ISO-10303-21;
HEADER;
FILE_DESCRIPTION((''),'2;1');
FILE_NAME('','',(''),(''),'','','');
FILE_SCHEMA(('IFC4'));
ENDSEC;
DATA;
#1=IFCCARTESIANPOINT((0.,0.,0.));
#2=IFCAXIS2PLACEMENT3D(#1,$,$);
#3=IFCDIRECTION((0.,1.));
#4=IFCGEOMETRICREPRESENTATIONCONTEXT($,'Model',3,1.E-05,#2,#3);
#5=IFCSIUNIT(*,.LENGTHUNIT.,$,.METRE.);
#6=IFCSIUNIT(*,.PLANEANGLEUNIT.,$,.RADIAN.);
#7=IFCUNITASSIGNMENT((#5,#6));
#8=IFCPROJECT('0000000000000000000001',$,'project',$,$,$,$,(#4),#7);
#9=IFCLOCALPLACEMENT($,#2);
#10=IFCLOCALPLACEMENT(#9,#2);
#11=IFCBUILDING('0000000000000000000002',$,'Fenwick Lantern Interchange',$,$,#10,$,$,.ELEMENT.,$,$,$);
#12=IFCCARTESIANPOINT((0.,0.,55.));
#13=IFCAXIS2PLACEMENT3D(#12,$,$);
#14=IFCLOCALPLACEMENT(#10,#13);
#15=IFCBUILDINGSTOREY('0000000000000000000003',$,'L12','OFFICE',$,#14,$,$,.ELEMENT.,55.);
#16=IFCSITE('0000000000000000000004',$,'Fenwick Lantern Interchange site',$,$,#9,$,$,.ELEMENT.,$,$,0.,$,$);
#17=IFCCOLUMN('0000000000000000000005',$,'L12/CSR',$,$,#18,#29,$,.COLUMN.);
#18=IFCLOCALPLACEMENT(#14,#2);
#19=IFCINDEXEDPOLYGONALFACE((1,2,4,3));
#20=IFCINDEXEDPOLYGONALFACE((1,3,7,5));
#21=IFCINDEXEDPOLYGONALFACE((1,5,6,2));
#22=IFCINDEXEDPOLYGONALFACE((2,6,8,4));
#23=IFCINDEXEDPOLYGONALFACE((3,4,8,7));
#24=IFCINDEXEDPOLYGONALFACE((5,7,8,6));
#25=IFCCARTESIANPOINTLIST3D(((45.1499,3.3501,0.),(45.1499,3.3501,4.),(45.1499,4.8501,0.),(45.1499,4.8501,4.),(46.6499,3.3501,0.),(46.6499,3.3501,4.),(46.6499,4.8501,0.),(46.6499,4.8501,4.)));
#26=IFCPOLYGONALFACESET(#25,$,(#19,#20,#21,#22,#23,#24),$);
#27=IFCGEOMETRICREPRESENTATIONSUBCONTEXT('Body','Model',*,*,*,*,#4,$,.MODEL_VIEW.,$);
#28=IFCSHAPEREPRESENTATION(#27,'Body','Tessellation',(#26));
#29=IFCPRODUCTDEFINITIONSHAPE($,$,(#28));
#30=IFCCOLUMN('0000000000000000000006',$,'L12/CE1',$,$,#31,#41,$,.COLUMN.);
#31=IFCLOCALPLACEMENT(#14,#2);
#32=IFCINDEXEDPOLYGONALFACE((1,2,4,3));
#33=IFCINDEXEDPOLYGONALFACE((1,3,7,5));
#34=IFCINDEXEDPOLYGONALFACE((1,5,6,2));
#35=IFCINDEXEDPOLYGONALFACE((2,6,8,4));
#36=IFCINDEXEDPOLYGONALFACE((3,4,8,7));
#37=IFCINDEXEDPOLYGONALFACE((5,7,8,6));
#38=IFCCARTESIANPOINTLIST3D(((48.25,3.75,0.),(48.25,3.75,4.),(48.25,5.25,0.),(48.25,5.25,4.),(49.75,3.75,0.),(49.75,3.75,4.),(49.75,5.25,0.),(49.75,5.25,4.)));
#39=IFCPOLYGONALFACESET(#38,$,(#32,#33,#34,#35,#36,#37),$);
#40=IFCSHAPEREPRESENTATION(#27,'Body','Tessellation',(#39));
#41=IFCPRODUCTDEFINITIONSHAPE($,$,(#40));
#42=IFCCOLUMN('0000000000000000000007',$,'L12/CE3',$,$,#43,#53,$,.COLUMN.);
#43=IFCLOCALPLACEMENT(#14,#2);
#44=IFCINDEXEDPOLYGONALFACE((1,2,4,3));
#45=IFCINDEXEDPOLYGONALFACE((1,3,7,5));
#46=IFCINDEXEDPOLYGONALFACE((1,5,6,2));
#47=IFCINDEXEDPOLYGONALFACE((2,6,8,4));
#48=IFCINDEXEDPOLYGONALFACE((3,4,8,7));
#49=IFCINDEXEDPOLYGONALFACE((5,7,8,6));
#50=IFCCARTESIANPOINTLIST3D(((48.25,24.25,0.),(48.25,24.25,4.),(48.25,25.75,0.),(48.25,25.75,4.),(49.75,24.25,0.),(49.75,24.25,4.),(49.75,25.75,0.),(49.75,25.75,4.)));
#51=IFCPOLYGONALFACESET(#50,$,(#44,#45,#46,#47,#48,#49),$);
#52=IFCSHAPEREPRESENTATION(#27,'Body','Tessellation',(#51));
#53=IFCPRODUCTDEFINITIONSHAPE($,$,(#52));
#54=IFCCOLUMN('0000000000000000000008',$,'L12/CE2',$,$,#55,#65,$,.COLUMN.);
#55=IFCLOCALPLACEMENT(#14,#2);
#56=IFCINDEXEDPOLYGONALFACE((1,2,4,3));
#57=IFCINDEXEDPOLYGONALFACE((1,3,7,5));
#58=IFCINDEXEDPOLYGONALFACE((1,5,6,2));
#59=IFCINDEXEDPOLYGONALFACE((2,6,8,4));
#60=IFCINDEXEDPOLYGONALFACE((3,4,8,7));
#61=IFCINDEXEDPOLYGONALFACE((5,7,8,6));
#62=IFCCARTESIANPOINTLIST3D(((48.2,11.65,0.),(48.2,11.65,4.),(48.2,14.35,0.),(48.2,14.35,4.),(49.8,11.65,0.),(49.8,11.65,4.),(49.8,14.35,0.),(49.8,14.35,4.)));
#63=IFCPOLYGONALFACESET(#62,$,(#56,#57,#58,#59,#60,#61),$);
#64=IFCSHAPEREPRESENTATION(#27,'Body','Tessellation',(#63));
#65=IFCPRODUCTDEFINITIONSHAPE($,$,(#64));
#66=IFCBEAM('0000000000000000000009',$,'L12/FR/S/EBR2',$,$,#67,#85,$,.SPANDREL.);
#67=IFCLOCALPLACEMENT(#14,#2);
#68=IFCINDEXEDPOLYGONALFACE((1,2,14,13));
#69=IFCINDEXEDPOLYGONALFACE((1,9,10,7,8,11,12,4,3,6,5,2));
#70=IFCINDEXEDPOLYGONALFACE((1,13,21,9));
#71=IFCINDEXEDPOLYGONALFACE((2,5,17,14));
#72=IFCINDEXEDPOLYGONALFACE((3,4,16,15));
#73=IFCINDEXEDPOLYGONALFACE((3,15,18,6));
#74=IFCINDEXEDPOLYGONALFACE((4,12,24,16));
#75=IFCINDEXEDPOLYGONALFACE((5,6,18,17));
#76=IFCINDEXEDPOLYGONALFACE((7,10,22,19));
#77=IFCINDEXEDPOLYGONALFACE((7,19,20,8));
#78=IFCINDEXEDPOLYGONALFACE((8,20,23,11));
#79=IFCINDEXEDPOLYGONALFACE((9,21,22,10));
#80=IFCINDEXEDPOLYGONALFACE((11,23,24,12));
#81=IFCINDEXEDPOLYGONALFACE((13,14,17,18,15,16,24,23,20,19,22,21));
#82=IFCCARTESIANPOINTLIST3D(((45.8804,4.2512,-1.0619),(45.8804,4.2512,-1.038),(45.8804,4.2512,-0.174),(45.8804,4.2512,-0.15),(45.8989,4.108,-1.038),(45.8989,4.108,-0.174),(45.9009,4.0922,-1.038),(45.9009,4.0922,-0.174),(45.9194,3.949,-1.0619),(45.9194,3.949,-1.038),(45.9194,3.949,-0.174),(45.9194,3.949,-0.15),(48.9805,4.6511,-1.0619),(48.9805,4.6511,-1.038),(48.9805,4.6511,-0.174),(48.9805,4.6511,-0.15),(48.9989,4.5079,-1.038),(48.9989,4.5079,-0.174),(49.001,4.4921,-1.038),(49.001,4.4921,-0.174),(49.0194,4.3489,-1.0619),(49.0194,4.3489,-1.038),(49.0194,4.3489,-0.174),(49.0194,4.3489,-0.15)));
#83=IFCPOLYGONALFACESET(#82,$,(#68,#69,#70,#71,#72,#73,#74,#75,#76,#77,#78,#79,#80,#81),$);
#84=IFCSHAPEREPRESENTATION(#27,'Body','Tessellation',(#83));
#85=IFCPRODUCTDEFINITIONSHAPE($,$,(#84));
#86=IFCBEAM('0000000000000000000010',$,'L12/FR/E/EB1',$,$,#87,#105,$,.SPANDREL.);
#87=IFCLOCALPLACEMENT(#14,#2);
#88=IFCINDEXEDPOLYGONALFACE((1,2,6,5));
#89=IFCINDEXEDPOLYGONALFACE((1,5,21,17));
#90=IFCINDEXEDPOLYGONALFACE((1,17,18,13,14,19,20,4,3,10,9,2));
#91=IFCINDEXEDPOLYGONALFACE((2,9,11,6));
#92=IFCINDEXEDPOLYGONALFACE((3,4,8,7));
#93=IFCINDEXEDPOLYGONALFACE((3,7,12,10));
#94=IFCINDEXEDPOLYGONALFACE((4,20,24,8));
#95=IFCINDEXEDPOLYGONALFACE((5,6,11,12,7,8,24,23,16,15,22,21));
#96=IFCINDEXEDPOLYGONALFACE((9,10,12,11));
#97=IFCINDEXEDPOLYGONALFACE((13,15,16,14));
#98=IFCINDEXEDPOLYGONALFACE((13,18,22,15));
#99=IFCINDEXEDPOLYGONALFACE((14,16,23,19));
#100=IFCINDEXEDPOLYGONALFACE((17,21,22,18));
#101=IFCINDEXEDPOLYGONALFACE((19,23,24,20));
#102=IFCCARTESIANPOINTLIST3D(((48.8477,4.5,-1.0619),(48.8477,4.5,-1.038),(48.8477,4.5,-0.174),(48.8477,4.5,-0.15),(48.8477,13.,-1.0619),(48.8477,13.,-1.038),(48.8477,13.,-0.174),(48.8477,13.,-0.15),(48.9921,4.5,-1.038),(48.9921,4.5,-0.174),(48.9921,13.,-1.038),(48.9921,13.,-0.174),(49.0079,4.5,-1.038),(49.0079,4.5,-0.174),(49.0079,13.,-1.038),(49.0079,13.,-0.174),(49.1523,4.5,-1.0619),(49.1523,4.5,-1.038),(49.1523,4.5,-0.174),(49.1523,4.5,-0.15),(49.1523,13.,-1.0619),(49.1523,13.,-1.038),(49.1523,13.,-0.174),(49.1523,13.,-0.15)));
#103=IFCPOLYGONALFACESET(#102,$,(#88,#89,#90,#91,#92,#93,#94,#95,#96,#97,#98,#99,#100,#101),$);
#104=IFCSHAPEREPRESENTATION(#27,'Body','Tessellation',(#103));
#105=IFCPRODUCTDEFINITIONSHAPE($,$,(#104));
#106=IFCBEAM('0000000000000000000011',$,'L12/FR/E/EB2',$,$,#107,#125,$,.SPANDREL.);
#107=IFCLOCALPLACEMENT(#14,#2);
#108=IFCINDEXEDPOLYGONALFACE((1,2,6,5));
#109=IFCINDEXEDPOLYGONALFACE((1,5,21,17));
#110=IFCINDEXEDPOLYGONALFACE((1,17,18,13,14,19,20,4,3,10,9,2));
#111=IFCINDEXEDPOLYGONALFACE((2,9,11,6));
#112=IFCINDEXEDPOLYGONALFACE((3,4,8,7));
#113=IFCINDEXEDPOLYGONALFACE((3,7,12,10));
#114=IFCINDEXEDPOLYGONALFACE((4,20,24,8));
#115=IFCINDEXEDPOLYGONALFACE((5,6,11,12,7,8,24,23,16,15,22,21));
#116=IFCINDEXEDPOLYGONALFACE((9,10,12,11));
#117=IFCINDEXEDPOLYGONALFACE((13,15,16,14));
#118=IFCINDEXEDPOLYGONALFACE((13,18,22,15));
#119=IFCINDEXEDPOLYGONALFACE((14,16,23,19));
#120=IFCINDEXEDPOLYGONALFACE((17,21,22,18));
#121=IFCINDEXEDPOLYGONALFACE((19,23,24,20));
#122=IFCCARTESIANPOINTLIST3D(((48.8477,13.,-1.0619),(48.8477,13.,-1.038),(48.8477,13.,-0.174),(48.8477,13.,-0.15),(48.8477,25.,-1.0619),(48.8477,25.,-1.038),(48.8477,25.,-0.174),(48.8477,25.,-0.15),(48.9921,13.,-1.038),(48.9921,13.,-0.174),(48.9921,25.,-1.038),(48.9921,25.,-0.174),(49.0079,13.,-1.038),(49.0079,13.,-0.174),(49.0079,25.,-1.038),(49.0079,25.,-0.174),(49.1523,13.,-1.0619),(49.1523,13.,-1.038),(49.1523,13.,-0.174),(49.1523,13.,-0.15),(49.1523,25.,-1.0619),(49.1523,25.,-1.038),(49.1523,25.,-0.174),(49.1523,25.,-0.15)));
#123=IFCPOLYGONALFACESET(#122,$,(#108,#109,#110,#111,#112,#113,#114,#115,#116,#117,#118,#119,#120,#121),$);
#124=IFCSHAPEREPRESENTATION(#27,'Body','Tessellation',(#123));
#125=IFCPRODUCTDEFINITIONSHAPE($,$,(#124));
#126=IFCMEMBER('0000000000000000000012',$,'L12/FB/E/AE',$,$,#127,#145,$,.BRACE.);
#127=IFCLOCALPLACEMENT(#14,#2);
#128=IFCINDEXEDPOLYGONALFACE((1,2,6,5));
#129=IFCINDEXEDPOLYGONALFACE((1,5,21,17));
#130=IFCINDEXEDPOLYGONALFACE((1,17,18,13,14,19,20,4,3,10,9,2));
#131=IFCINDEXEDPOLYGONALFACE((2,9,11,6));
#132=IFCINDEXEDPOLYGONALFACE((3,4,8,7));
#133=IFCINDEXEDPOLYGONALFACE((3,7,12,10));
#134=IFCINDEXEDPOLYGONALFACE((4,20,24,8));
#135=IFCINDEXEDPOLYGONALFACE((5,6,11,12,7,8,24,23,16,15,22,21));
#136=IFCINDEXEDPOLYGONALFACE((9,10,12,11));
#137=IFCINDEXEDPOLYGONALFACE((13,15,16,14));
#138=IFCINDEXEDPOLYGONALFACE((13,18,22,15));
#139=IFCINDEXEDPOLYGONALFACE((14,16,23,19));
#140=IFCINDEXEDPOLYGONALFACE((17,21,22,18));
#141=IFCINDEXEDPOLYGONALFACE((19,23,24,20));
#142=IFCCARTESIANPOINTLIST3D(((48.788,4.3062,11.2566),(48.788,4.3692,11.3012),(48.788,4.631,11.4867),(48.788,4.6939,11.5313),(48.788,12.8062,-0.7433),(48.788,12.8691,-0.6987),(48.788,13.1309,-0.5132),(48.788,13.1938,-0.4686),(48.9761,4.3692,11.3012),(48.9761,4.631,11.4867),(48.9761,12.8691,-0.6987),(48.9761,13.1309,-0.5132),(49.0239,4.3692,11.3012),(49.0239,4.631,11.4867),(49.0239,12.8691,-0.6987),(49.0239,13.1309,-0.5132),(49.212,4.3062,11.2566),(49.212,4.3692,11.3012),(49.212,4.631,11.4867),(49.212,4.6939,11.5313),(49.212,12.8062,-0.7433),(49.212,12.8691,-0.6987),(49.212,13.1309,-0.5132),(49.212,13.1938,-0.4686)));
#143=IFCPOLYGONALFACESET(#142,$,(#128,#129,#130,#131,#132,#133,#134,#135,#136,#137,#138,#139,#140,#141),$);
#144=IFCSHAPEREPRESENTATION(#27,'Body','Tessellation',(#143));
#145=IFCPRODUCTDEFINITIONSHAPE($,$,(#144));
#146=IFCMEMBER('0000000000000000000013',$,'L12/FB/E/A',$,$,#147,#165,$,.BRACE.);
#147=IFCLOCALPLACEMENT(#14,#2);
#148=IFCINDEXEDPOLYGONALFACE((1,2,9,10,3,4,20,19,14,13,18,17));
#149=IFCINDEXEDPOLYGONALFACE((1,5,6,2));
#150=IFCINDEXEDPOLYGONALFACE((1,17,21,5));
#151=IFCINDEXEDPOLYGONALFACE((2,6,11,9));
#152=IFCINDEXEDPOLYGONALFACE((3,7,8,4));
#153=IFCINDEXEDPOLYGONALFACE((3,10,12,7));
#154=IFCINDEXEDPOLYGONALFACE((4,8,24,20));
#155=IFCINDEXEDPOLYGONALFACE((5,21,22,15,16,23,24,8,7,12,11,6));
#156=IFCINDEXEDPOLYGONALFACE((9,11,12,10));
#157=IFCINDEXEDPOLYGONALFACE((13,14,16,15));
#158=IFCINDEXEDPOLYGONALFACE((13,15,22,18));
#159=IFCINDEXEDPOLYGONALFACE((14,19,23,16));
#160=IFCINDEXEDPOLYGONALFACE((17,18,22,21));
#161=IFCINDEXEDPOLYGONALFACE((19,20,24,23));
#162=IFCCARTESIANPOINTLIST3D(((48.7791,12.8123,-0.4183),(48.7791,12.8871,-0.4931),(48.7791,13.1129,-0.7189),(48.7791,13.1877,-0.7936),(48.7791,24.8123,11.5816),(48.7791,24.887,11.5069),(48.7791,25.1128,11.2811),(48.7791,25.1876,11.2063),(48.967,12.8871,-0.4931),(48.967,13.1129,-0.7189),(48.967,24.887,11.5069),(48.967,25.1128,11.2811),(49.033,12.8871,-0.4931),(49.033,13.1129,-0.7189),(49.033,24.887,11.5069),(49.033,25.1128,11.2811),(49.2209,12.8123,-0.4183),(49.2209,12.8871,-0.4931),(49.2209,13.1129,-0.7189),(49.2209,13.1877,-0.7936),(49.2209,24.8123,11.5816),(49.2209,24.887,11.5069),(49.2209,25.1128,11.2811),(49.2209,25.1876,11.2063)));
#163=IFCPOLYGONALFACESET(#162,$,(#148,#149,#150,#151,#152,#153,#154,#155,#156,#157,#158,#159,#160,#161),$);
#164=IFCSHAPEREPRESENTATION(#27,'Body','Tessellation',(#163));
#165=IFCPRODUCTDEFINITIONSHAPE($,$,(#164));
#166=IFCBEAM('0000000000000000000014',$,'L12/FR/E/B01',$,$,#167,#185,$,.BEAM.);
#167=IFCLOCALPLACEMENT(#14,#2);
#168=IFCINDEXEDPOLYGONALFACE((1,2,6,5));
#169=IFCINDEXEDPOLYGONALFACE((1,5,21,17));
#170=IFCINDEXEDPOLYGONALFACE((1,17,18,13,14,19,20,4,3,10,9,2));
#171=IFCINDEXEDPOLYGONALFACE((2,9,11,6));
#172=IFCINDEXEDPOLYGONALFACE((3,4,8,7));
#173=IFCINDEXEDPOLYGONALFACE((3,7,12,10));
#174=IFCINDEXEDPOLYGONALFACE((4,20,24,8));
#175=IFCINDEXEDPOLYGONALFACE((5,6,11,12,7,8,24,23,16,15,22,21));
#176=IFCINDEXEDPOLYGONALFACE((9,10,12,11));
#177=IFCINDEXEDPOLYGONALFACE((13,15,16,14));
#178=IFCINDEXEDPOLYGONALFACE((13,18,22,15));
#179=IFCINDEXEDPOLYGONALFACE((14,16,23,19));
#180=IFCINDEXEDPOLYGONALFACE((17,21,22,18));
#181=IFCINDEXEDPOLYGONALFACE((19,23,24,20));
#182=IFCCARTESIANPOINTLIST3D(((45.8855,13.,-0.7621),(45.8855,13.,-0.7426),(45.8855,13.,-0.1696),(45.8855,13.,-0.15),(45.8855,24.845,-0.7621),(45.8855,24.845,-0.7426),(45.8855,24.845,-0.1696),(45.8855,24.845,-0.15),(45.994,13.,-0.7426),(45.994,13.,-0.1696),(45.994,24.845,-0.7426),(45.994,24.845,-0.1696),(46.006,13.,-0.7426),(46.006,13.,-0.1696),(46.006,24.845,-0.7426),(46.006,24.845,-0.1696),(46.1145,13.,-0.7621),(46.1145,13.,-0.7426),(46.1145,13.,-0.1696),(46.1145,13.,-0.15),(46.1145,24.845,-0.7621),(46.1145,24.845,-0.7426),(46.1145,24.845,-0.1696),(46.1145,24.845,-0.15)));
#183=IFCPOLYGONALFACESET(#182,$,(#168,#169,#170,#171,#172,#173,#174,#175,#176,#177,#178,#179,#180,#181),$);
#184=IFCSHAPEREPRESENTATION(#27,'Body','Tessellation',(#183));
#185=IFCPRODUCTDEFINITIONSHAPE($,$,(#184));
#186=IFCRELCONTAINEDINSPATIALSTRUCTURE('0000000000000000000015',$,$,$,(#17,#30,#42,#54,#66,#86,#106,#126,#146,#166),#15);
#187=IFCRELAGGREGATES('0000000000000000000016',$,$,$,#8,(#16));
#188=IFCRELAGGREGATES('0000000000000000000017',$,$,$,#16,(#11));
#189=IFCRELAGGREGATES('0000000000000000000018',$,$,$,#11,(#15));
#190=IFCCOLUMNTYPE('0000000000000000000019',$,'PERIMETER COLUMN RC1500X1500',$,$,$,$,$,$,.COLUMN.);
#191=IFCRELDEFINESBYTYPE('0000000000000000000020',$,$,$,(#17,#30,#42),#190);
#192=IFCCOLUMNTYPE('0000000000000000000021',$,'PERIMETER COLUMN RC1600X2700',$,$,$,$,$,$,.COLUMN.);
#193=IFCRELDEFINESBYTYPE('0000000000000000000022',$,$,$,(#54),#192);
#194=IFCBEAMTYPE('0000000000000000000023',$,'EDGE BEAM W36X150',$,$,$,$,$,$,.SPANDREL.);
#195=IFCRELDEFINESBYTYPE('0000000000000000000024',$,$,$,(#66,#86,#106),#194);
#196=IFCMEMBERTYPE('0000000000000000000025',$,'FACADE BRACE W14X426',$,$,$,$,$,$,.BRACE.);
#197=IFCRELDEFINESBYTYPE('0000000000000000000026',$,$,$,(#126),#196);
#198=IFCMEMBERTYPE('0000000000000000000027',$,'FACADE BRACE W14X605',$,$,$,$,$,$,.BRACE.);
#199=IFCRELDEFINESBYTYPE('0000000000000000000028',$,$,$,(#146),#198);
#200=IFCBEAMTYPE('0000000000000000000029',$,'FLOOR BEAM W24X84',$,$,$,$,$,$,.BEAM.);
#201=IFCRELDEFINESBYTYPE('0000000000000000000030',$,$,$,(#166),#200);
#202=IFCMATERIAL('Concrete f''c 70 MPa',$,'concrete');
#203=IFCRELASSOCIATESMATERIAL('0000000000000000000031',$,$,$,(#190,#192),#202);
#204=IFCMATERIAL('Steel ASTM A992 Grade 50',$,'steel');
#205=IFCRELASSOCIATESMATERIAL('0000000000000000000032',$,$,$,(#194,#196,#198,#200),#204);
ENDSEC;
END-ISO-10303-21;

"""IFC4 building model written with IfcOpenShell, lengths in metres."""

from ifc_helpers import new_model, si_unit, direction, frame, origin, origin_2d, place, context, subcontext, project, spatial, rectangle, i_section, extrude, material, material_profile, profile_set, type_object, element, save


model = new_model("IFC4")

# Units and contexts
model_context = context("Model", 3, precision=1e-05, world=origin(), true_north=direction((0.0, 1.0)))
body_context = subcontext(model_context, "Body", "Model", "MODEL_VIEW")
ifc_project = project(units=[si_unit("LENGTHUNIT", "METRE"), si_unit("PLANEANGLEUNIT", "RADIAN")], contexts=[model_context])

# Site, building, storey
site_placement = place(None, origin())
site = spatial("IfcSite", under=ifc_project, at=site_placement, Name="Fenwick Lantern Interchange site", CompositionType="ELEMENT", RefElevation=0.0)
building_placement = place(site_placement, origin())
building = spatial("IfcBuilding", under=site, at=building_placement, Name="Fenwick Lantern Interchange", CompositionType="ELEMENT")
storey_placement = place(building_placement, frame((0.0, 0.0, 55.0)))
storey = spatial("IfcBuildingStorey", under=building, at=storey_placement, Name="L12", Description="OFFICE", CompositionType="ELEMENT", Elevation=55.0)

# Columns
ifc_material_1 = material(Name="Concrete f'c 70 MPa", Category="concrete")
ifc_material_profile_1 = material_profile(ifc_material_1, rectangle(XDim=1.5, YDim=1.5, at=origin_2d()), Name="RC1500X1500")
ifc_profile_set_1 = profile_set([ifc_material_profile_1], Name="Concrete f'c 70 MPa")
column_type_1 = type_object("IfcColumnType", Name="PERIMETER COLUMN RC1500X1500", PredefinedType="COLUMN", material=ifc_profile_set_1)
for number, where, z_axis, x_axis, name in (
    (1, (45.8999, 4.1001, 0.0), (0.0, 0.0, 1.0), (1.0, 0.0, 0.0), "L12/CSR"),
    (2, (49.0, 4.5, 0.0), (0.0, 0.0, 1.0), (1.0, 0.0, 0.0), "L12/CE1"),
    (3, (49.0, 25.0, 0.0), (0.0, 0.0, 1.0), (1.0, 0.0, 0.0), "L12/CE3"),
):
    element("IfcColumn", number, at=place(storey_placement, frame(where, z_axis=z_axis, x_axis=x_axis)), inside=storey, type_object=column_type_1, Name=name, PredefinedType="COLUMN", context=body_context, shape_type="SweptSolid", body=[
        extrude(rectangle(XDim=1.5, YDim=1.5, at=origin_2d()), origin(), (0.0, 0.0, 1.0), 4.0),
    ])
ifc_material_profile_2 = material_profile(ifc_material_1, rectangle(XDim=1.6001, YDim=2.7, at=origin_2d()), Name="RC1600X2700")
ifc_profile_set_2 = profile_set([ifc_material_profile_2], Name="Concrete f'c 70 MPa")
column_type_2 = type_object("IfcColumnType", Name="PERIMETER COLUMN RC1600X2700", PredefinedType="COLUMN", material=ifc_profile_set_2)
column_placement = place(storey_placement, frame((49.0, 13.0, 0.0), z_axis=(0.0, 0.0, 1.0), x_axis=(1.0, 0.0, 0.0)))
element("IfcColumn", 4, at=column_placement, inside=storey, type_object=column_type_2, Name="L12/CE2", PredefinedType="COLUMN", context=body_context, shape_type="SweptSolid", body=[
    extrude(rectangle(XDim=1.6001, YDim=2.7, at=origin_2d()), origin(), (0.0, 0.0, 1.0), 4.0),
])

# Beams
ifc_material_2 = material(Name="Steel ASTM A992 Grade 50", Category="steel")
ifc_material_profile_3 = material_profile(ifc_material_2, i_section(OverallWidth=0.3047, OverallDepth=0.9119, WebThickness=0.0159, FlangeThickness=0.0239, at=origin_2d()), Name="W36X150")
ifc_profile_set_3 = profile_set([ifc_material_profile_3], Name="Steel ASTM A992 Grade 50")
beam_type_1 = type_object("IfcBeamType", Name="EDGE BEAM W36X150", PredefinedType="SPANDREL", material=ifc_profile_set_3)
beam_1_placement = place(storey_placement, frame((45.8999, 4.1001, -0.606), z_axis=(0.991782, 0.127937, 0.0), x_axis=(-0.127937, 0.991782, 0.0)))
element("IfcBeam", 5, at=beam_1_placement, inside=storey, type_object=beam_type_1, Name="L12/FR/S/EBR2", PredefinedType="SPANDREL", context=body_context, shape_type="SweptSolid", body=[
    extrude(i_section(OverallWidth=0.3047, OverallDepth=0.9119, WebThickness=0.0159, FlangeThickness=0.0239, at=origin_2d()), origin(), (0.0, 0.0, 1.0), 3.1257),
])
beam_2_placement = place(storey_placement, frame((49.0, 4.5, -0.606), z_axis=(0.0, 1.0, 0.0), x_axis=(-1.0, 0.0, 0.0)))
element("IfcBeam", 6, at=beam_2_placement, inside=storey, type_object=beam_type_1, Name="L12/FR/E/EB1", PredefinedType="SPANDREL", context=body_context, shape_type="SweptSolid", body=[
    extrude(i_section(OverallWidth=0.3047, OverallDepth=0.9119, WebThickness=0.0159, FlangeThickness=0.0239, at=origin_2d()), origin(), (0.0, 0.0, 1.0), 8.5),
])
beam_3_placement = place(storey_placement, frame((49.0, 13.0, -0.606), z_axis=(0.0, 1.0, 0.0), x_axis=(-1.0, 0.0, 0.0)))
element("IfcBeam", 7, at=beam_3_placement, inside=storey, type_object=beam_type_1, Name="L12/FR/E/EB2", PredefinedType="SPANDREL", context=body_context, shape_type="SweptSolid", body=[
    extrude(i_section(OverallWidth=0.3047, OverallDepth=0.9119, WebThickness=0.0159, FlangeThickness=0.0239, at=origin_2d()), origin(), (0.0, 0.0, 1.0), 12.0),
])

# Members
ifc_material_profile_4 = material_profile(ifc_material_2, i_section(OverallWidth=0.4241, OverallDepth=0.4751, WebThickness=0.0479, FlangeThickness=0.0771, at=origin_2d()), Name="W14X426")
ifc_profile_set_4 = profile_set([ifc_material_profile_4], Name="Steel ASTM A992 Grade 50")
member_type_1 = type_object("IfcMemberType", Name="FACADE BRACE W14X426", PredefinedType="BRACE", material=ifc_profile_set_4)
member_1_placement = place(storey_placement, frame((49.0, 13.0, -0.606), z_axis=(0.0, -0.578017, 0.816024), x_axis=(1.0, 0.0, 0.0)))
element("IfcMember", 8, at=member_1_placement, inside=storey, type_object=member_type_1, Name="L12/FB/E/AE", PredefinedType="BRACE", context=body_context, shape_type="SweptSolid", body=[
    extrude(i_section(OverallWidth=0.4241, OverallDepth=0.4751, WebThickness=0.0479, FlangeThickness=0.0771, at=origin_2d()), origin(), (0.0, 0.0, 1.0), 14.7053),
])
ifc_material_profile_5 = material_profile(ifc_material_2, i_section(OverallWidth=0.4419, OverallDepth=0.5308, WebThickness=0.0659, FlangeThickness=0.1057, at=origin_2d()), Name="W14X605")
ifc_profile_set_5 = profile_set([ifc_material_profile_5], Name="Steel ASTM A992 Grade 50")
member_type_2 = type_object("IfcMemberType", Name="FACADE BRACE W14X605", PredefinedType="BRACE", material=ifc_profile_set_5)
member_2_placement = place(storey_placement, frame((49.0, 13.0, -0.606), z_axis=(0.0, 0.707107, 0.707107), x_axis=(-1.0, 0.0, 0.0)))
element("IfcMember", 9, at=member_2_placement, inside=storey, type_object=member_type_2, Name="L12/FB/E/A", PredefinedType="BRACE", context=body_context, shape_type="SweptSolid", body=[
    extrude(i_section(OverallWidth=0.4419, OverallDepth=0.5308, WebThickness=0.0659, FlangeThickness=0.1057, at=origin_2d()), origin(), (0.0, 0.0, 1.0), 16.9705),
])

# Beam
ifc_material_profile_6 = material_profile(ifc_material_2, i_section(OverallWidth=0.229, OverallDepth=0.6121, WebThickness=0.012, FlangeThickness=0.0195, at=origin_2d()), Name="W24X84")
ifc_profile_set_6 = profile_set([ifc_material_profile_6], Name="Steel ASTM A992 Grade 50")
beam_type_2 = type_object("IfcBeamType", Name="FLOOR BEAM W24X84", PredefinedType="BEAM", material=ifc_profile_set_6)
for number, where, z_axis, x_axis, name in (
    (10, (46.0, 13.0, -0.4561), (0.0, 1.0, 0.0), (-1.0, 0.0, 0.0), "L12/FR/E/B01"),
):
    element("IfcBeam", number, at=place(storey_placement, frame(where, z_axis=z_axis, x_axis=x_axis)), inside=storey, type_object=beam_type_2, Name=name, PredefinedType="BEAM", context=body_context, shape_type="SweptSolid", body=[
        extrude(i_section(OverallWidth=0.229, OverallDepth=0.6121, WebThickness=0.012, FlangeThickness=0.0195, at=origin_2d()), origin(), (0.0, 0.0, 1.0), 11.845),
    ])

save(model, "model.ifc")
